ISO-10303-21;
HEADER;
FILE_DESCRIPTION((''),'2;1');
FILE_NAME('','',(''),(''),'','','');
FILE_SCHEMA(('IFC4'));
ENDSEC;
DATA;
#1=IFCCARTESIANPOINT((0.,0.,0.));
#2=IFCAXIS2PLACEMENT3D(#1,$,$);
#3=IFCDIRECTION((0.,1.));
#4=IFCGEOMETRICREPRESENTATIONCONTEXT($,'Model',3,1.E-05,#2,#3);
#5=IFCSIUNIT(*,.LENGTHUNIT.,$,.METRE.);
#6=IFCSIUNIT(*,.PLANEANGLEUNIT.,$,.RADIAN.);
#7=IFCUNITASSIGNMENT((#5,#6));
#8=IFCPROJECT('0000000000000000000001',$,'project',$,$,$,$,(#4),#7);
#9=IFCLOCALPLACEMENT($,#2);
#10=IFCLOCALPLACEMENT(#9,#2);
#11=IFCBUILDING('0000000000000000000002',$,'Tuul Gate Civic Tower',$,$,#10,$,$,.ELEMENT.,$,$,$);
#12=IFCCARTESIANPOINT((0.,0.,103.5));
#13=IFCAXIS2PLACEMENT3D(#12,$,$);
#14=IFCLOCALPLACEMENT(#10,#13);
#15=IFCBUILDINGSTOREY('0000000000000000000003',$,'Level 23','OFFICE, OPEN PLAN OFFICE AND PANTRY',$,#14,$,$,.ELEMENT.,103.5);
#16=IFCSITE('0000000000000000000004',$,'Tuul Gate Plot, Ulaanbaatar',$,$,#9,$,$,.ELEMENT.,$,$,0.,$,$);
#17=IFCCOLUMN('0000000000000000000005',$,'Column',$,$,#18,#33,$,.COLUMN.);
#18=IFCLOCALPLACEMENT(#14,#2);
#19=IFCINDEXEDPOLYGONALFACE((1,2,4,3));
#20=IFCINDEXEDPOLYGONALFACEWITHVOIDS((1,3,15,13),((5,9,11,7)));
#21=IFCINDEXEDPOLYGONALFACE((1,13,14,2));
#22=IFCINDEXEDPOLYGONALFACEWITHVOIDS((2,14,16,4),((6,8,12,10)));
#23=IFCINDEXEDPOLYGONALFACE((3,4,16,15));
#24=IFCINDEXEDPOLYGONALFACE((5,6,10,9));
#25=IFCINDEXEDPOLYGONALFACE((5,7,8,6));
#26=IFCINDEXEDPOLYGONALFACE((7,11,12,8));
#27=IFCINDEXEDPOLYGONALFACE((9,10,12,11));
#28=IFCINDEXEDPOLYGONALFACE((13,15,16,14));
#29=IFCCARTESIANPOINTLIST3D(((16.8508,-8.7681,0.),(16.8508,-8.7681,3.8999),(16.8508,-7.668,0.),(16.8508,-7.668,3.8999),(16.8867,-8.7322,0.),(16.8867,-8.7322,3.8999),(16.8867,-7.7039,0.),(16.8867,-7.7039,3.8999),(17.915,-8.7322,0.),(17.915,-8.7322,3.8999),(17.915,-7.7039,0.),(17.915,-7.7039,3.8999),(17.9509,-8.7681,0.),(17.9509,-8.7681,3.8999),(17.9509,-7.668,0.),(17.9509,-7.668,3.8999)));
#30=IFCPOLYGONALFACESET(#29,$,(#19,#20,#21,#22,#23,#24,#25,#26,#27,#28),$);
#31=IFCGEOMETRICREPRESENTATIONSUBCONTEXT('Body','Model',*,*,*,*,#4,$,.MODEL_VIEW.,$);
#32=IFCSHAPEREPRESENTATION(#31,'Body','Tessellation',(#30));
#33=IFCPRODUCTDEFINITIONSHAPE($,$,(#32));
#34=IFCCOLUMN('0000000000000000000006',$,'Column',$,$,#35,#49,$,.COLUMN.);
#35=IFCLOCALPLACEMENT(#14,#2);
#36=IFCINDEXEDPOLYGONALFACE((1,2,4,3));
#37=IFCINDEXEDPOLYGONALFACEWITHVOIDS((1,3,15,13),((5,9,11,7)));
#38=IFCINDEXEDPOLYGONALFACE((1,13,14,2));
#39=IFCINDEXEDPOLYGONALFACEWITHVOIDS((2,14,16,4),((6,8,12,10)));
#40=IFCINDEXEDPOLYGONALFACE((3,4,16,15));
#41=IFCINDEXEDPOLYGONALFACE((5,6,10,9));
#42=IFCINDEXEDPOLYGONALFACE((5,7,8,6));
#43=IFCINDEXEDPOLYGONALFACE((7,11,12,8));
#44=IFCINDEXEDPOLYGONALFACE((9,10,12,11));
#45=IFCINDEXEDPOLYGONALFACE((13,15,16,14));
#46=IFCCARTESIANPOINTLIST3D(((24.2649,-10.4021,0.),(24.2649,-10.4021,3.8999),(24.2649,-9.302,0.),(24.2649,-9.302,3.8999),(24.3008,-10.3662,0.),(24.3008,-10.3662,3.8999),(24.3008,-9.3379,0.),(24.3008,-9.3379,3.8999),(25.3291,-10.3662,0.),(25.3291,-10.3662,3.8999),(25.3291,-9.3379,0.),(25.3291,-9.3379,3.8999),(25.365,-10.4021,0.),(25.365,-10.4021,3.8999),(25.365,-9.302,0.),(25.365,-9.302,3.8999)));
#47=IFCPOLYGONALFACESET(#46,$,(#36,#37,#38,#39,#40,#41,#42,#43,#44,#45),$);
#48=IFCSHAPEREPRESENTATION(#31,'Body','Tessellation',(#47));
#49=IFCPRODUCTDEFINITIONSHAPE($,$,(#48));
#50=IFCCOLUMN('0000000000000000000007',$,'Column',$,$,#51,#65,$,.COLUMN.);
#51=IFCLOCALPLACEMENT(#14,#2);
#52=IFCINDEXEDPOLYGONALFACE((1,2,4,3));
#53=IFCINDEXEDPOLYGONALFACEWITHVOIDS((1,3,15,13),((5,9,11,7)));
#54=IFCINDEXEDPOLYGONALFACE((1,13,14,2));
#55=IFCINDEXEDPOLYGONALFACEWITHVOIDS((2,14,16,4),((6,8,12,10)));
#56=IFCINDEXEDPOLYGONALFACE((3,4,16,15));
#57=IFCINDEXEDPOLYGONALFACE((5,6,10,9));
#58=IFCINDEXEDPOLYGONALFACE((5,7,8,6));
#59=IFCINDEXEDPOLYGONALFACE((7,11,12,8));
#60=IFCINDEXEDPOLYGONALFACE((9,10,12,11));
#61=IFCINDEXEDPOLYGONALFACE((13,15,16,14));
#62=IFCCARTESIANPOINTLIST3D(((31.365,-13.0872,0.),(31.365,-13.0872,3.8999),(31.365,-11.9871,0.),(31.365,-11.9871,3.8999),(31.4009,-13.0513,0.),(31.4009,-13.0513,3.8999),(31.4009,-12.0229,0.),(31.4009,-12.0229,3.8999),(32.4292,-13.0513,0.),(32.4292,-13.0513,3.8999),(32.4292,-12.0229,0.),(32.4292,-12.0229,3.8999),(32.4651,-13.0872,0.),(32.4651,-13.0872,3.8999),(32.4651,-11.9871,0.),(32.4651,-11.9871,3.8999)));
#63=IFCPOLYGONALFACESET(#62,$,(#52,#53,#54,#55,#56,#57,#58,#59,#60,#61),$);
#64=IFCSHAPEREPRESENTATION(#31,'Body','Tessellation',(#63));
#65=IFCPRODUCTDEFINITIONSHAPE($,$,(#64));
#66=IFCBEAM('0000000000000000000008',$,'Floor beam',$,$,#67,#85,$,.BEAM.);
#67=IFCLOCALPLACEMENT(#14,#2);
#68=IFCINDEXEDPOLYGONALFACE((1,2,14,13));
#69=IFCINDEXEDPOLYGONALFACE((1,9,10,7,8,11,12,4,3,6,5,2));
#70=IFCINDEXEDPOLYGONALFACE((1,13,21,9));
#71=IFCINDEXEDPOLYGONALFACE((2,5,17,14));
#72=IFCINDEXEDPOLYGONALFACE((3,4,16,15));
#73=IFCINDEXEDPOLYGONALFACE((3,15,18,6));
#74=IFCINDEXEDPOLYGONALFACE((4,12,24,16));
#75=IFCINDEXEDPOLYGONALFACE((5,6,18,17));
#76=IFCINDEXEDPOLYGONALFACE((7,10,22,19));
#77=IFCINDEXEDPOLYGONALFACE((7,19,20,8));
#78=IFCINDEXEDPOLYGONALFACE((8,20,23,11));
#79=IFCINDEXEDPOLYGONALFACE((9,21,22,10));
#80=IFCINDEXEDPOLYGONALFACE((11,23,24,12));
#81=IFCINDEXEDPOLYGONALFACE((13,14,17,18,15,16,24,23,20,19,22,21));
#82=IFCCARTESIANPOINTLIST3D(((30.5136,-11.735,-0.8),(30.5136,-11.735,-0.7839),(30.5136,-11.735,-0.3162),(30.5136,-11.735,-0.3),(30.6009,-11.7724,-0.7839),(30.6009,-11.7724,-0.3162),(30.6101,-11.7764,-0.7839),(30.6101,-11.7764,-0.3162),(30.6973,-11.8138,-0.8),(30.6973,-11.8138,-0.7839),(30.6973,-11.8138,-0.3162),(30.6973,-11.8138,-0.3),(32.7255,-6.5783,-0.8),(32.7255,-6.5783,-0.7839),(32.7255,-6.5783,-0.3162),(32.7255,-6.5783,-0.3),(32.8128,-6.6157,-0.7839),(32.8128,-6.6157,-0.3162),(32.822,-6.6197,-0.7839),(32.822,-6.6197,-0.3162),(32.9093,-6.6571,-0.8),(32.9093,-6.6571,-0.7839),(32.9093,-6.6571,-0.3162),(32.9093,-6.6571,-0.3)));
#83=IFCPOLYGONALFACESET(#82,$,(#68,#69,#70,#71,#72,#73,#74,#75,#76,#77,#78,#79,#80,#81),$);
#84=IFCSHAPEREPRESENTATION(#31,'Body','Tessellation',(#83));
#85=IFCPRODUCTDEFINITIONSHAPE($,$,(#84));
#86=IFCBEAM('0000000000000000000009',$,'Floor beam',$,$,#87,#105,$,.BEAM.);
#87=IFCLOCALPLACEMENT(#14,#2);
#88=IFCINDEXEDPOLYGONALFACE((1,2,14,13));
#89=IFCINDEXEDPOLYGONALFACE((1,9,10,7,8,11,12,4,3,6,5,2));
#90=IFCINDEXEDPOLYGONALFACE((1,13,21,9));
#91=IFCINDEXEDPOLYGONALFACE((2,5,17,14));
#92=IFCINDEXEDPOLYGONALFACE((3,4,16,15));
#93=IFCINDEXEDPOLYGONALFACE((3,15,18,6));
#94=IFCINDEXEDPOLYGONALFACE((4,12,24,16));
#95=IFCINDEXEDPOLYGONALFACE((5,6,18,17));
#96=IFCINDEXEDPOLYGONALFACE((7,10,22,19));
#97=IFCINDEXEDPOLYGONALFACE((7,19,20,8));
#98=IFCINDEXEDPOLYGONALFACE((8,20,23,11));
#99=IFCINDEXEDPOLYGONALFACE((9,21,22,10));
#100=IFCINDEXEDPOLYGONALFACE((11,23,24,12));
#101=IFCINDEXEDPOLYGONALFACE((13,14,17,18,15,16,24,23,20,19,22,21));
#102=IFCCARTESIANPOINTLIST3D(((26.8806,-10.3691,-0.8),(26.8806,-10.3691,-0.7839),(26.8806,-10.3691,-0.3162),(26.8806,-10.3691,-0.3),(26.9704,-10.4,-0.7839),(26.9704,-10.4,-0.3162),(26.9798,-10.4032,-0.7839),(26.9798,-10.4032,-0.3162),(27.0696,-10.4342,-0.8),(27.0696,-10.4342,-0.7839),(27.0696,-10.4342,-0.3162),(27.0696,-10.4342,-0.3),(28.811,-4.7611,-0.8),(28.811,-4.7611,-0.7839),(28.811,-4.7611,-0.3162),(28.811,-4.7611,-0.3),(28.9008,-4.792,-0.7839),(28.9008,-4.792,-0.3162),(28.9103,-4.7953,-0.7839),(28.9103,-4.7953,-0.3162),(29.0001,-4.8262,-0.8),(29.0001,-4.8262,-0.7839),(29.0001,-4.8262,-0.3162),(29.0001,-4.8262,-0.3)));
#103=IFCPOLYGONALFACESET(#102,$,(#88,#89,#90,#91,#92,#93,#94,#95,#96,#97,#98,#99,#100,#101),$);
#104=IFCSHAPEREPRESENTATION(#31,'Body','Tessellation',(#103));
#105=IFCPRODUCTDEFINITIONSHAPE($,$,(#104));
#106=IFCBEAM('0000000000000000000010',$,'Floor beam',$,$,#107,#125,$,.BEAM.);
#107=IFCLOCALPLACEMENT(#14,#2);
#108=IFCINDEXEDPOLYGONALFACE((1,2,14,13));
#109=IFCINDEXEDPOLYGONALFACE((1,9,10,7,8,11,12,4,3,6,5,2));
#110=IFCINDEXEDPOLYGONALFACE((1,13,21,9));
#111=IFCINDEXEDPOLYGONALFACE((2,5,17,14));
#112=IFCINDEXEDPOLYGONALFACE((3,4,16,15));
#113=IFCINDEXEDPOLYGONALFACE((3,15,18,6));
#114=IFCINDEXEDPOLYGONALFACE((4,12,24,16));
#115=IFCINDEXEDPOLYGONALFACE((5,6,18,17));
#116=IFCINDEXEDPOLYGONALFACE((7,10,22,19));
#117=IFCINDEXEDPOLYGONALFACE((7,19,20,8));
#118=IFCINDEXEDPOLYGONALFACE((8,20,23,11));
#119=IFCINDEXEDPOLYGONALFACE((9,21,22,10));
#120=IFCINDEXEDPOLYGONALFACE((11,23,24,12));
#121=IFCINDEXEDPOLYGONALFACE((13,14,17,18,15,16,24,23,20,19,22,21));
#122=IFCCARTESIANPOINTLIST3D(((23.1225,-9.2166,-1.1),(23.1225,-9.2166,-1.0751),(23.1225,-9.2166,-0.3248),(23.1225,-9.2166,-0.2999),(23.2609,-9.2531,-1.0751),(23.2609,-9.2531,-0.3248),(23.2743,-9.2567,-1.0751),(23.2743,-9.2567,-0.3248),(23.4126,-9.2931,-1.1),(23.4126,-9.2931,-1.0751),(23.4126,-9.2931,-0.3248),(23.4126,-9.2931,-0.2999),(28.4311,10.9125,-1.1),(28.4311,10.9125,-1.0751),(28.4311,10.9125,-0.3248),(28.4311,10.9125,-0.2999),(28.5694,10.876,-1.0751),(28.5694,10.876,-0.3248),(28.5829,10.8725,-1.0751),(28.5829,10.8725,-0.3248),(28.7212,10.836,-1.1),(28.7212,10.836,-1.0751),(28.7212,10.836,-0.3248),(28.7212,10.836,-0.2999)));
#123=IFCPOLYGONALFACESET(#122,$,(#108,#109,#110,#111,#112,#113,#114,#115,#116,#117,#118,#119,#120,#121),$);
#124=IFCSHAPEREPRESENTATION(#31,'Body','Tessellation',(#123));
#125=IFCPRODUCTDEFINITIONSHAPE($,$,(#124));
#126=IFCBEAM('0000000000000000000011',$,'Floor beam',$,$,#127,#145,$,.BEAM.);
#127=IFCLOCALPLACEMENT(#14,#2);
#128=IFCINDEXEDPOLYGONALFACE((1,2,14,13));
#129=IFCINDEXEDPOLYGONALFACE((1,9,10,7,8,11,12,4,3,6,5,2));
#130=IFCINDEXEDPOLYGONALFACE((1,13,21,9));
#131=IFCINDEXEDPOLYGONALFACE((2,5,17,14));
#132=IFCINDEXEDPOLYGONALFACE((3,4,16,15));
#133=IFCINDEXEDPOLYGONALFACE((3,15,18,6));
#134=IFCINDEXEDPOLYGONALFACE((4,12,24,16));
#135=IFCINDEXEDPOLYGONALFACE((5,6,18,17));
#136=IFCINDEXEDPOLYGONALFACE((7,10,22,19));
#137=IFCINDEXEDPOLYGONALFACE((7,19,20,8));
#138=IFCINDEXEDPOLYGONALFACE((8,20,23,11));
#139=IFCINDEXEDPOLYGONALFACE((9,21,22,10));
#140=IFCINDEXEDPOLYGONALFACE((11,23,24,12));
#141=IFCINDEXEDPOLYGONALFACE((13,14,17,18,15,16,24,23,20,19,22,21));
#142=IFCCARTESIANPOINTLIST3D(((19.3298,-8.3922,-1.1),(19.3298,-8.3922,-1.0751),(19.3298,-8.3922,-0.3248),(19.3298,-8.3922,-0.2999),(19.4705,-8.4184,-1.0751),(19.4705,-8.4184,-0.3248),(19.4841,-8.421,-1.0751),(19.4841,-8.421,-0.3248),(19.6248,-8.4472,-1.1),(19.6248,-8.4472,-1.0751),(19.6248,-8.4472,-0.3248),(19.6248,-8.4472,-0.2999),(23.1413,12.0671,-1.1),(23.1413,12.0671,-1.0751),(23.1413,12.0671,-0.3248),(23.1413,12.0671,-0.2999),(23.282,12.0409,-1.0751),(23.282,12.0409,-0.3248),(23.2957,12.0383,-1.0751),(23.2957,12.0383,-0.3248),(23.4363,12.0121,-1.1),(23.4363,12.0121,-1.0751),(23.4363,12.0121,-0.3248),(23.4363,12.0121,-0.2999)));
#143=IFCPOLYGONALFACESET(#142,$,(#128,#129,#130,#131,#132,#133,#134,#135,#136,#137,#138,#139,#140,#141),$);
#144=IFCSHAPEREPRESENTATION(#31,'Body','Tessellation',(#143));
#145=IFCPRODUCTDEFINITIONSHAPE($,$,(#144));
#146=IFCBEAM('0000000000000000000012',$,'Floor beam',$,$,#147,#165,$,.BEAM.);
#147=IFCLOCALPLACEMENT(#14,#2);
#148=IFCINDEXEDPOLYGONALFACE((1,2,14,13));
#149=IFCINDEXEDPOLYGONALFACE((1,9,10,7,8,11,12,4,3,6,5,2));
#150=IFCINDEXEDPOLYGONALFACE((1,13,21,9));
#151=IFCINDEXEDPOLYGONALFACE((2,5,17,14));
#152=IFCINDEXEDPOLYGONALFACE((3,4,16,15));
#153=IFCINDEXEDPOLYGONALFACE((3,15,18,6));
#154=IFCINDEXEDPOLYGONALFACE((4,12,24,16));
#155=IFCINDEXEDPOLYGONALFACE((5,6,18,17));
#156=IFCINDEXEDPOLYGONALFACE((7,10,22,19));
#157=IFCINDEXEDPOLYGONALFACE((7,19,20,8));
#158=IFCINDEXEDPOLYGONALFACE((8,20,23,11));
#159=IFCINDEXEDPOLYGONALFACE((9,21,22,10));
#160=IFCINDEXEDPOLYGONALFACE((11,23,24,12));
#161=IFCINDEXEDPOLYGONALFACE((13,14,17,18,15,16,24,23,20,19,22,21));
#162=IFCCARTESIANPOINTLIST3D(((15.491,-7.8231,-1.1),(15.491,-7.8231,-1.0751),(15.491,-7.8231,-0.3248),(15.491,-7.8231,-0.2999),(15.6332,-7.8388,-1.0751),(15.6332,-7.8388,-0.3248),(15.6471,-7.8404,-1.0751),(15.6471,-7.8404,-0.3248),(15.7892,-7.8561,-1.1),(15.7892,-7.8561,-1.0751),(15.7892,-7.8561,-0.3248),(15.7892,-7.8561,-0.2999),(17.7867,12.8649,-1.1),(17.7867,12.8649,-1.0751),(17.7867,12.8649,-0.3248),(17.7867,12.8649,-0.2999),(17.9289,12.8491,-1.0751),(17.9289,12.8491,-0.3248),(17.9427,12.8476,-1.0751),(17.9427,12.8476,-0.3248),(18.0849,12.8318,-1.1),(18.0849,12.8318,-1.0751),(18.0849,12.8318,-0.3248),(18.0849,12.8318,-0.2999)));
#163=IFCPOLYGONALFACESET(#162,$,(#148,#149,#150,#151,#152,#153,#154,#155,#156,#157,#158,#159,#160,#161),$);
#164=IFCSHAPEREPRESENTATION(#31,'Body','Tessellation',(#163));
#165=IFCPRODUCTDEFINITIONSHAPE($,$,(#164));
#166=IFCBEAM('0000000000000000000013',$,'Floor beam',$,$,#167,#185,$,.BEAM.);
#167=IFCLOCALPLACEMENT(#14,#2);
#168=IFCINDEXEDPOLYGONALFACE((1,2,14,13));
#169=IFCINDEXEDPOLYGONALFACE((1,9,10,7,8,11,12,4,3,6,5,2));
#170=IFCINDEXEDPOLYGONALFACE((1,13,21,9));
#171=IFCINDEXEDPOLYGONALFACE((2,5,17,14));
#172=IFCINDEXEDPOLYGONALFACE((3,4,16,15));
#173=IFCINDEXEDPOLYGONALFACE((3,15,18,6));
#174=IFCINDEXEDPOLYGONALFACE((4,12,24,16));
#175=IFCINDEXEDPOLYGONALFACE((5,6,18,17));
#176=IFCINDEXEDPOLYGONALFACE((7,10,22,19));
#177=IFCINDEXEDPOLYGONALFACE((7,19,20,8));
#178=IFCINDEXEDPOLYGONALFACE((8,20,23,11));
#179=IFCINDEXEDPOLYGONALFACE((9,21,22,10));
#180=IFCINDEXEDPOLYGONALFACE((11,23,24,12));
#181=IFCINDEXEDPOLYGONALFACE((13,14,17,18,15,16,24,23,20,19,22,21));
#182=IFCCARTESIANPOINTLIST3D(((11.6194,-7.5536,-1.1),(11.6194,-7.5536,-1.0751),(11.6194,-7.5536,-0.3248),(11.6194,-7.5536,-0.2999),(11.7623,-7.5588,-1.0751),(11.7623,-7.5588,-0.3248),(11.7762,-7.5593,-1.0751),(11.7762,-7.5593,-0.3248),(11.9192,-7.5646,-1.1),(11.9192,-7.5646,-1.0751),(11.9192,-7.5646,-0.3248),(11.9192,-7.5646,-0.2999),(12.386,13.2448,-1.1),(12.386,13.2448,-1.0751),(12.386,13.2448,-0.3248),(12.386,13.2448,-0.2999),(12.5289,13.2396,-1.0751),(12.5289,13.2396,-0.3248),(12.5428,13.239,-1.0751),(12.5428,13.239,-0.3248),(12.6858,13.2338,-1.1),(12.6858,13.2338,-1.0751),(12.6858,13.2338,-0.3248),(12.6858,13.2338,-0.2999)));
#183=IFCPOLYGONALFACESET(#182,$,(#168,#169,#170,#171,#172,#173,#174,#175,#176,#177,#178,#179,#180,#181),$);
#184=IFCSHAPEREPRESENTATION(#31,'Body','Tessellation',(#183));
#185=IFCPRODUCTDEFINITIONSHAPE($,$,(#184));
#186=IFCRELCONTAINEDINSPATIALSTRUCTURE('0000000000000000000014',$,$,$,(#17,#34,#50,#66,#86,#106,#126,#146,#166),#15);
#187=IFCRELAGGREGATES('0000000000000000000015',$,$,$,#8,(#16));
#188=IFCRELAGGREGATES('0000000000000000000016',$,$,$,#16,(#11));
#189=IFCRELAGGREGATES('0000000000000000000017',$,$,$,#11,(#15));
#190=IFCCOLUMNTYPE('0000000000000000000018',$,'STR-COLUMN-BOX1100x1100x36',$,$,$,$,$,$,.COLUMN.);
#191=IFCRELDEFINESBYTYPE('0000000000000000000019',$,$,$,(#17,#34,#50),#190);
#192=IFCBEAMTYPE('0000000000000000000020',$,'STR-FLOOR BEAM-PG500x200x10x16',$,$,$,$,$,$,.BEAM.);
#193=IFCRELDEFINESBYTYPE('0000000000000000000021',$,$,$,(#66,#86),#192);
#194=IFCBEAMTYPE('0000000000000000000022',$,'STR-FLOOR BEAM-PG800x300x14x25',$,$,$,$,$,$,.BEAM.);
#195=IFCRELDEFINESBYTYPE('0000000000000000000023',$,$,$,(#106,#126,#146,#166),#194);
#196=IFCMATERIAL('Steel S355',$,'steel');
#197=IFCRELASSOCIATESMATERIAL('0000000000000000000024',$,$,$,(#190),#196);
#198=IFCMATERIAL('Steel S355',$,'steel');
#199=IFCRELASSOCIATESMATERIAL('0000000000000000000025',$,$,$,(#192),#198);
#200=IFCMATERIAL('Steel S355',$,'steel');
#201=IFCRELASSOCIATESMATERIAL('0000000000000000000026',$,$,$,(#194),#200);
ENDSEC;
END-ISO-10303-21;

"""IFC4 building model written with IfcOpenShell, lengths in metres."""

from ifc_helpers import new_model, si_unit, direction, frame, origin, origin_2d, place, context, subcontext, project, spatial, hollow_rectangle, i_section, extrude, material, material_profile, profile_set, type_object, element, save


model = new_model("IFC4")

# Units and contexts
model_context = context("Model", 3, precision=1e-05, world=origin(), true_north=direction((0.0, 1.0)))
body_context = subcontext(model_context, "Body", "Model", "MODEL_VIEW")
ifc_project = project(units=[si_unit("LENGTHUNIT", "METRE"), si_unit("PLANEANGLEUNIT", "RADIAN")], contexts=[model_context])

# Site, building, storey
site_placement = place(None, origin())
site = spatial("IfcSite", under=ifc_project, at=site_placement, Name="Tuul Gate Plot, Ulaanbaatar", CompositionType="ELEMENT", RefElevation=0.0)
building_placement = place(site_placement, origin())
building = spatial("IfcBuilding", under=site, at=building_placement, Name="Tuul Gate Civic Tower", CompositionType="ELEMENT")
storey_placement = place(building_placement, frame((0.0, 0.0, 103.5)))
storey = spatial("IfcBuildingStorey", under=building, at=storey_placement, Name="Level 23", Description="OFFICE, OPEN PLAN OFFICE AND PANTRY", CompositionType="ELEMENT", Elevation=103.5)

# Columns
ifc_material_1 = material(Name="Steel S355", Category="steel")
ifc_material_profile_1 = material_profile(ifc_material_1, hollow_rectangle(XDim=1.1001, YDim=1.1001, WallThickness=0.0359, at=origin_2d()), Name="BOX1100x1100x36")
ifc_profile_set_1 = profile_set([ifc_material_profile_1], Name="Steel S355")
column_type = type_object("IfcColumnType", Name="STR-COLUMN-BOX1100x1100x36", PredefinedType="COLUMN", material=ifc_profile_set_1)
for number, where, z_axis, x_axis, name in (
    (1, (17.4009, -8.218, 0.0), (0.0, 0.0, 1.0), (1.0, 0.0, 0.0), "Column"),
    (2, (24.8149, -9.8521, 0.0), (0.0, 0.0, 1.0), (1.0, 0.0, 0.0), "Column"),
    (3, (31.915, -12.5371, 0.0), (0.0, 0.0, 1.0), (1.0, 0.0, 0.0), "Column"),
):
    element("IfcColumn", number, at=place(storey_placement, frame(where, z_axis=z_axis, x_axis=x_axis)), inside=storey, type_object=column_type, Name=name, PredefinedType="COLUMN", context=body_context, shape_type="SweptSolid", body=[
        extrude(hollow_rectangle(XDim=1.1001, YDim=1.1001, WallThickness=0.0359, at=origin_2d()), origin(), (0.0, 0.0, 1.0), 3.8999),
    ])

# Beams
ifc_material_2 = material(Name="Steel S355", Category="steel")
ifc_material_profile_2 = material_profile(ifc_material_2, i_section(OverallWidth=0.2, OverallDepth=0.5, WebThickness=0.01, FlangeThickness=0.0161, at=origin_2d()), Name="PG500x200x10x16")
ifc_profile_set_2 = profile_set([ifc_material_profile_2], Name="Steel S355")
beam_type_1 = type_object("IfcBeamType", Name="STR-FLOOR BEAM-PG500x200x10x16", PredefinedType="BEAM", material=ifc_profile_set_2)
beam_1_placement = place(storey_placement, frame((30.6055, -11.7744, -0.55), z_axis=(0.394203, 0.919023, 0.0), x_axis=(-0.919023, 0.394203, 0.0)))
element("IfcBeam", 4, at=beam_1_placement, inside=storey, type_object=beam_type_1, Name="Floor beam", PredefinedType="BEAM", context=body_context, shape_type="SweptSolid", body=[
    extrude(i_section(OverallWidth=0.2, OverallDepth=0.5, WebThickness=0.01, FlangeThickness=0.0161, at=origin_2d()), origin(), (0.0, 0.0, 1.0), 5.6111),
])
beam_2_placement = place(storey_placement, frame((26.9751, -10.4016, -0.55), z_axis=(0.325487, 0.945547, 0.0), x_axis=(-0.945547, 0.325487, 0.0)))
element("IfcBeam", 5, at=beam_2_placement, inside=storey, type_object=beam_type_1, Name="Floor beam", PredefinedType="BEAM", context=body_context, shape_type="SweptSolid", body=[
    extrude(i_section(OverallWidth=0.2, OverallDepth=0.5, WebThickness=0.01, FlangeThickness=0.0161, at=origin_2d()), origin(), (0.0, 0.0, 1.0), 5.9309),
])
ifc_material_3 = material(Name="Steel S355", Category="steel")
ifc_material_profile_3 = material_profile(ifc_material_3, i_section(OverallWidth=0.3, OverallDepth=0.8, WebThickness=0.0139, FlangeThickness=0.0249, at=origin_2d()), Name="PG800x300x14x25")
ifc_profile_set_3 = profile_set([ifc_material_profile_3], Name="Steel S355")
beam_type_2 = type_object("IfcBeamType", Name="STR-FLOOR BEAM-PG800x300x14x25", PredefinedType="BEAM", material=ifc_profile_set_3)
beam_3_placement = place(storey_placement, frame((23.2676, -9.2549, -0.7), z_axis=(0.255008, 0.966939, 0.0), x_axis=(-0.966939, 0.255008, 0.0)))
element("IfcBeam", 6, at=beam_3_placement, inside=storey, type_object=beam_type_2, Name="Floor beam", PredefinedType="BEAM", context=body_context, shape_type="SweptSolid", body=[
    extrude(i_section(OverallWidth=0.3, OverallDepth=0.8, WebThickness=0.0139, FlangeThickness=0.0249, at=origin_2d()), origin(), (0.0, 0.0, 1.0), 20.8174),
])
beam_4_placement = place(storey_placement, frame((19.4773, -8.4197, -0.7), z_axis=(0.183147, 0.983085, 0.0), x_axis=(-0.983085, 0.183147, 0.0)))
element("IfcBeam", 7, at=beam_4_placement, inside=storey, type_object=beam_type_2, Name="Floor beam", PredefinedType="BEAM", context=body_context, shape_type="SweptSolid", body=[
    extrude(i_section(OverallWidth=0.3, OverallDepth=0.8, WebThickness=0.0139, FlangeThickness=0.0249, at=origin_2d()), origin(), (0.0, 0.0, 1.0), 20.8113),
])
beam_5_placement = place(storey_placement, frame((15.6401, -7.8396, -0.7), z_axis=(0.110289, 0.9939, 0.0), x_axis=(-0.9939, 0.110289, 0.0)))
element("IfcBeam", 8, at=beam_5_placement, inside=storey, type_object=beam_type_2, Name="Floor beam", PredefinedType="BEAM", context=body_context, shape_type="SweptSolid", body=[
    extrude(i_section(OverallWidth=0.3, OverallDepth=0.8, WebThickness=0.0139, FlangeThickness=0.0249, at=origin_2d()), origin(), (0.0, 0.0, 1.0), 20.8149),
])
beam_6_placement = place(storey_placement, frame((11.7693, -7.5591, -0.7), z_axis=(0.036834, 0.999321, 0.0), x_axis=(-0.999321, 0.036834, 0.0)))
element("IfcBeam", 9, at=beam_6_placement, inside=storey, type_object=beam_type_2, Name="Floor beam", PredefinedType="BEAM", context=body_context, shape_type="SweptSolid", body=[
    extrude(i_section(OverallWidth=0.3, OverallDepth=0.8, WebThickness=0.0139, FlangeThickness=0.0249, at=origin_2d()), origin(), (0.0, 0.0, 1.0), 20.8125),
])

save(model, "model.ifc")
